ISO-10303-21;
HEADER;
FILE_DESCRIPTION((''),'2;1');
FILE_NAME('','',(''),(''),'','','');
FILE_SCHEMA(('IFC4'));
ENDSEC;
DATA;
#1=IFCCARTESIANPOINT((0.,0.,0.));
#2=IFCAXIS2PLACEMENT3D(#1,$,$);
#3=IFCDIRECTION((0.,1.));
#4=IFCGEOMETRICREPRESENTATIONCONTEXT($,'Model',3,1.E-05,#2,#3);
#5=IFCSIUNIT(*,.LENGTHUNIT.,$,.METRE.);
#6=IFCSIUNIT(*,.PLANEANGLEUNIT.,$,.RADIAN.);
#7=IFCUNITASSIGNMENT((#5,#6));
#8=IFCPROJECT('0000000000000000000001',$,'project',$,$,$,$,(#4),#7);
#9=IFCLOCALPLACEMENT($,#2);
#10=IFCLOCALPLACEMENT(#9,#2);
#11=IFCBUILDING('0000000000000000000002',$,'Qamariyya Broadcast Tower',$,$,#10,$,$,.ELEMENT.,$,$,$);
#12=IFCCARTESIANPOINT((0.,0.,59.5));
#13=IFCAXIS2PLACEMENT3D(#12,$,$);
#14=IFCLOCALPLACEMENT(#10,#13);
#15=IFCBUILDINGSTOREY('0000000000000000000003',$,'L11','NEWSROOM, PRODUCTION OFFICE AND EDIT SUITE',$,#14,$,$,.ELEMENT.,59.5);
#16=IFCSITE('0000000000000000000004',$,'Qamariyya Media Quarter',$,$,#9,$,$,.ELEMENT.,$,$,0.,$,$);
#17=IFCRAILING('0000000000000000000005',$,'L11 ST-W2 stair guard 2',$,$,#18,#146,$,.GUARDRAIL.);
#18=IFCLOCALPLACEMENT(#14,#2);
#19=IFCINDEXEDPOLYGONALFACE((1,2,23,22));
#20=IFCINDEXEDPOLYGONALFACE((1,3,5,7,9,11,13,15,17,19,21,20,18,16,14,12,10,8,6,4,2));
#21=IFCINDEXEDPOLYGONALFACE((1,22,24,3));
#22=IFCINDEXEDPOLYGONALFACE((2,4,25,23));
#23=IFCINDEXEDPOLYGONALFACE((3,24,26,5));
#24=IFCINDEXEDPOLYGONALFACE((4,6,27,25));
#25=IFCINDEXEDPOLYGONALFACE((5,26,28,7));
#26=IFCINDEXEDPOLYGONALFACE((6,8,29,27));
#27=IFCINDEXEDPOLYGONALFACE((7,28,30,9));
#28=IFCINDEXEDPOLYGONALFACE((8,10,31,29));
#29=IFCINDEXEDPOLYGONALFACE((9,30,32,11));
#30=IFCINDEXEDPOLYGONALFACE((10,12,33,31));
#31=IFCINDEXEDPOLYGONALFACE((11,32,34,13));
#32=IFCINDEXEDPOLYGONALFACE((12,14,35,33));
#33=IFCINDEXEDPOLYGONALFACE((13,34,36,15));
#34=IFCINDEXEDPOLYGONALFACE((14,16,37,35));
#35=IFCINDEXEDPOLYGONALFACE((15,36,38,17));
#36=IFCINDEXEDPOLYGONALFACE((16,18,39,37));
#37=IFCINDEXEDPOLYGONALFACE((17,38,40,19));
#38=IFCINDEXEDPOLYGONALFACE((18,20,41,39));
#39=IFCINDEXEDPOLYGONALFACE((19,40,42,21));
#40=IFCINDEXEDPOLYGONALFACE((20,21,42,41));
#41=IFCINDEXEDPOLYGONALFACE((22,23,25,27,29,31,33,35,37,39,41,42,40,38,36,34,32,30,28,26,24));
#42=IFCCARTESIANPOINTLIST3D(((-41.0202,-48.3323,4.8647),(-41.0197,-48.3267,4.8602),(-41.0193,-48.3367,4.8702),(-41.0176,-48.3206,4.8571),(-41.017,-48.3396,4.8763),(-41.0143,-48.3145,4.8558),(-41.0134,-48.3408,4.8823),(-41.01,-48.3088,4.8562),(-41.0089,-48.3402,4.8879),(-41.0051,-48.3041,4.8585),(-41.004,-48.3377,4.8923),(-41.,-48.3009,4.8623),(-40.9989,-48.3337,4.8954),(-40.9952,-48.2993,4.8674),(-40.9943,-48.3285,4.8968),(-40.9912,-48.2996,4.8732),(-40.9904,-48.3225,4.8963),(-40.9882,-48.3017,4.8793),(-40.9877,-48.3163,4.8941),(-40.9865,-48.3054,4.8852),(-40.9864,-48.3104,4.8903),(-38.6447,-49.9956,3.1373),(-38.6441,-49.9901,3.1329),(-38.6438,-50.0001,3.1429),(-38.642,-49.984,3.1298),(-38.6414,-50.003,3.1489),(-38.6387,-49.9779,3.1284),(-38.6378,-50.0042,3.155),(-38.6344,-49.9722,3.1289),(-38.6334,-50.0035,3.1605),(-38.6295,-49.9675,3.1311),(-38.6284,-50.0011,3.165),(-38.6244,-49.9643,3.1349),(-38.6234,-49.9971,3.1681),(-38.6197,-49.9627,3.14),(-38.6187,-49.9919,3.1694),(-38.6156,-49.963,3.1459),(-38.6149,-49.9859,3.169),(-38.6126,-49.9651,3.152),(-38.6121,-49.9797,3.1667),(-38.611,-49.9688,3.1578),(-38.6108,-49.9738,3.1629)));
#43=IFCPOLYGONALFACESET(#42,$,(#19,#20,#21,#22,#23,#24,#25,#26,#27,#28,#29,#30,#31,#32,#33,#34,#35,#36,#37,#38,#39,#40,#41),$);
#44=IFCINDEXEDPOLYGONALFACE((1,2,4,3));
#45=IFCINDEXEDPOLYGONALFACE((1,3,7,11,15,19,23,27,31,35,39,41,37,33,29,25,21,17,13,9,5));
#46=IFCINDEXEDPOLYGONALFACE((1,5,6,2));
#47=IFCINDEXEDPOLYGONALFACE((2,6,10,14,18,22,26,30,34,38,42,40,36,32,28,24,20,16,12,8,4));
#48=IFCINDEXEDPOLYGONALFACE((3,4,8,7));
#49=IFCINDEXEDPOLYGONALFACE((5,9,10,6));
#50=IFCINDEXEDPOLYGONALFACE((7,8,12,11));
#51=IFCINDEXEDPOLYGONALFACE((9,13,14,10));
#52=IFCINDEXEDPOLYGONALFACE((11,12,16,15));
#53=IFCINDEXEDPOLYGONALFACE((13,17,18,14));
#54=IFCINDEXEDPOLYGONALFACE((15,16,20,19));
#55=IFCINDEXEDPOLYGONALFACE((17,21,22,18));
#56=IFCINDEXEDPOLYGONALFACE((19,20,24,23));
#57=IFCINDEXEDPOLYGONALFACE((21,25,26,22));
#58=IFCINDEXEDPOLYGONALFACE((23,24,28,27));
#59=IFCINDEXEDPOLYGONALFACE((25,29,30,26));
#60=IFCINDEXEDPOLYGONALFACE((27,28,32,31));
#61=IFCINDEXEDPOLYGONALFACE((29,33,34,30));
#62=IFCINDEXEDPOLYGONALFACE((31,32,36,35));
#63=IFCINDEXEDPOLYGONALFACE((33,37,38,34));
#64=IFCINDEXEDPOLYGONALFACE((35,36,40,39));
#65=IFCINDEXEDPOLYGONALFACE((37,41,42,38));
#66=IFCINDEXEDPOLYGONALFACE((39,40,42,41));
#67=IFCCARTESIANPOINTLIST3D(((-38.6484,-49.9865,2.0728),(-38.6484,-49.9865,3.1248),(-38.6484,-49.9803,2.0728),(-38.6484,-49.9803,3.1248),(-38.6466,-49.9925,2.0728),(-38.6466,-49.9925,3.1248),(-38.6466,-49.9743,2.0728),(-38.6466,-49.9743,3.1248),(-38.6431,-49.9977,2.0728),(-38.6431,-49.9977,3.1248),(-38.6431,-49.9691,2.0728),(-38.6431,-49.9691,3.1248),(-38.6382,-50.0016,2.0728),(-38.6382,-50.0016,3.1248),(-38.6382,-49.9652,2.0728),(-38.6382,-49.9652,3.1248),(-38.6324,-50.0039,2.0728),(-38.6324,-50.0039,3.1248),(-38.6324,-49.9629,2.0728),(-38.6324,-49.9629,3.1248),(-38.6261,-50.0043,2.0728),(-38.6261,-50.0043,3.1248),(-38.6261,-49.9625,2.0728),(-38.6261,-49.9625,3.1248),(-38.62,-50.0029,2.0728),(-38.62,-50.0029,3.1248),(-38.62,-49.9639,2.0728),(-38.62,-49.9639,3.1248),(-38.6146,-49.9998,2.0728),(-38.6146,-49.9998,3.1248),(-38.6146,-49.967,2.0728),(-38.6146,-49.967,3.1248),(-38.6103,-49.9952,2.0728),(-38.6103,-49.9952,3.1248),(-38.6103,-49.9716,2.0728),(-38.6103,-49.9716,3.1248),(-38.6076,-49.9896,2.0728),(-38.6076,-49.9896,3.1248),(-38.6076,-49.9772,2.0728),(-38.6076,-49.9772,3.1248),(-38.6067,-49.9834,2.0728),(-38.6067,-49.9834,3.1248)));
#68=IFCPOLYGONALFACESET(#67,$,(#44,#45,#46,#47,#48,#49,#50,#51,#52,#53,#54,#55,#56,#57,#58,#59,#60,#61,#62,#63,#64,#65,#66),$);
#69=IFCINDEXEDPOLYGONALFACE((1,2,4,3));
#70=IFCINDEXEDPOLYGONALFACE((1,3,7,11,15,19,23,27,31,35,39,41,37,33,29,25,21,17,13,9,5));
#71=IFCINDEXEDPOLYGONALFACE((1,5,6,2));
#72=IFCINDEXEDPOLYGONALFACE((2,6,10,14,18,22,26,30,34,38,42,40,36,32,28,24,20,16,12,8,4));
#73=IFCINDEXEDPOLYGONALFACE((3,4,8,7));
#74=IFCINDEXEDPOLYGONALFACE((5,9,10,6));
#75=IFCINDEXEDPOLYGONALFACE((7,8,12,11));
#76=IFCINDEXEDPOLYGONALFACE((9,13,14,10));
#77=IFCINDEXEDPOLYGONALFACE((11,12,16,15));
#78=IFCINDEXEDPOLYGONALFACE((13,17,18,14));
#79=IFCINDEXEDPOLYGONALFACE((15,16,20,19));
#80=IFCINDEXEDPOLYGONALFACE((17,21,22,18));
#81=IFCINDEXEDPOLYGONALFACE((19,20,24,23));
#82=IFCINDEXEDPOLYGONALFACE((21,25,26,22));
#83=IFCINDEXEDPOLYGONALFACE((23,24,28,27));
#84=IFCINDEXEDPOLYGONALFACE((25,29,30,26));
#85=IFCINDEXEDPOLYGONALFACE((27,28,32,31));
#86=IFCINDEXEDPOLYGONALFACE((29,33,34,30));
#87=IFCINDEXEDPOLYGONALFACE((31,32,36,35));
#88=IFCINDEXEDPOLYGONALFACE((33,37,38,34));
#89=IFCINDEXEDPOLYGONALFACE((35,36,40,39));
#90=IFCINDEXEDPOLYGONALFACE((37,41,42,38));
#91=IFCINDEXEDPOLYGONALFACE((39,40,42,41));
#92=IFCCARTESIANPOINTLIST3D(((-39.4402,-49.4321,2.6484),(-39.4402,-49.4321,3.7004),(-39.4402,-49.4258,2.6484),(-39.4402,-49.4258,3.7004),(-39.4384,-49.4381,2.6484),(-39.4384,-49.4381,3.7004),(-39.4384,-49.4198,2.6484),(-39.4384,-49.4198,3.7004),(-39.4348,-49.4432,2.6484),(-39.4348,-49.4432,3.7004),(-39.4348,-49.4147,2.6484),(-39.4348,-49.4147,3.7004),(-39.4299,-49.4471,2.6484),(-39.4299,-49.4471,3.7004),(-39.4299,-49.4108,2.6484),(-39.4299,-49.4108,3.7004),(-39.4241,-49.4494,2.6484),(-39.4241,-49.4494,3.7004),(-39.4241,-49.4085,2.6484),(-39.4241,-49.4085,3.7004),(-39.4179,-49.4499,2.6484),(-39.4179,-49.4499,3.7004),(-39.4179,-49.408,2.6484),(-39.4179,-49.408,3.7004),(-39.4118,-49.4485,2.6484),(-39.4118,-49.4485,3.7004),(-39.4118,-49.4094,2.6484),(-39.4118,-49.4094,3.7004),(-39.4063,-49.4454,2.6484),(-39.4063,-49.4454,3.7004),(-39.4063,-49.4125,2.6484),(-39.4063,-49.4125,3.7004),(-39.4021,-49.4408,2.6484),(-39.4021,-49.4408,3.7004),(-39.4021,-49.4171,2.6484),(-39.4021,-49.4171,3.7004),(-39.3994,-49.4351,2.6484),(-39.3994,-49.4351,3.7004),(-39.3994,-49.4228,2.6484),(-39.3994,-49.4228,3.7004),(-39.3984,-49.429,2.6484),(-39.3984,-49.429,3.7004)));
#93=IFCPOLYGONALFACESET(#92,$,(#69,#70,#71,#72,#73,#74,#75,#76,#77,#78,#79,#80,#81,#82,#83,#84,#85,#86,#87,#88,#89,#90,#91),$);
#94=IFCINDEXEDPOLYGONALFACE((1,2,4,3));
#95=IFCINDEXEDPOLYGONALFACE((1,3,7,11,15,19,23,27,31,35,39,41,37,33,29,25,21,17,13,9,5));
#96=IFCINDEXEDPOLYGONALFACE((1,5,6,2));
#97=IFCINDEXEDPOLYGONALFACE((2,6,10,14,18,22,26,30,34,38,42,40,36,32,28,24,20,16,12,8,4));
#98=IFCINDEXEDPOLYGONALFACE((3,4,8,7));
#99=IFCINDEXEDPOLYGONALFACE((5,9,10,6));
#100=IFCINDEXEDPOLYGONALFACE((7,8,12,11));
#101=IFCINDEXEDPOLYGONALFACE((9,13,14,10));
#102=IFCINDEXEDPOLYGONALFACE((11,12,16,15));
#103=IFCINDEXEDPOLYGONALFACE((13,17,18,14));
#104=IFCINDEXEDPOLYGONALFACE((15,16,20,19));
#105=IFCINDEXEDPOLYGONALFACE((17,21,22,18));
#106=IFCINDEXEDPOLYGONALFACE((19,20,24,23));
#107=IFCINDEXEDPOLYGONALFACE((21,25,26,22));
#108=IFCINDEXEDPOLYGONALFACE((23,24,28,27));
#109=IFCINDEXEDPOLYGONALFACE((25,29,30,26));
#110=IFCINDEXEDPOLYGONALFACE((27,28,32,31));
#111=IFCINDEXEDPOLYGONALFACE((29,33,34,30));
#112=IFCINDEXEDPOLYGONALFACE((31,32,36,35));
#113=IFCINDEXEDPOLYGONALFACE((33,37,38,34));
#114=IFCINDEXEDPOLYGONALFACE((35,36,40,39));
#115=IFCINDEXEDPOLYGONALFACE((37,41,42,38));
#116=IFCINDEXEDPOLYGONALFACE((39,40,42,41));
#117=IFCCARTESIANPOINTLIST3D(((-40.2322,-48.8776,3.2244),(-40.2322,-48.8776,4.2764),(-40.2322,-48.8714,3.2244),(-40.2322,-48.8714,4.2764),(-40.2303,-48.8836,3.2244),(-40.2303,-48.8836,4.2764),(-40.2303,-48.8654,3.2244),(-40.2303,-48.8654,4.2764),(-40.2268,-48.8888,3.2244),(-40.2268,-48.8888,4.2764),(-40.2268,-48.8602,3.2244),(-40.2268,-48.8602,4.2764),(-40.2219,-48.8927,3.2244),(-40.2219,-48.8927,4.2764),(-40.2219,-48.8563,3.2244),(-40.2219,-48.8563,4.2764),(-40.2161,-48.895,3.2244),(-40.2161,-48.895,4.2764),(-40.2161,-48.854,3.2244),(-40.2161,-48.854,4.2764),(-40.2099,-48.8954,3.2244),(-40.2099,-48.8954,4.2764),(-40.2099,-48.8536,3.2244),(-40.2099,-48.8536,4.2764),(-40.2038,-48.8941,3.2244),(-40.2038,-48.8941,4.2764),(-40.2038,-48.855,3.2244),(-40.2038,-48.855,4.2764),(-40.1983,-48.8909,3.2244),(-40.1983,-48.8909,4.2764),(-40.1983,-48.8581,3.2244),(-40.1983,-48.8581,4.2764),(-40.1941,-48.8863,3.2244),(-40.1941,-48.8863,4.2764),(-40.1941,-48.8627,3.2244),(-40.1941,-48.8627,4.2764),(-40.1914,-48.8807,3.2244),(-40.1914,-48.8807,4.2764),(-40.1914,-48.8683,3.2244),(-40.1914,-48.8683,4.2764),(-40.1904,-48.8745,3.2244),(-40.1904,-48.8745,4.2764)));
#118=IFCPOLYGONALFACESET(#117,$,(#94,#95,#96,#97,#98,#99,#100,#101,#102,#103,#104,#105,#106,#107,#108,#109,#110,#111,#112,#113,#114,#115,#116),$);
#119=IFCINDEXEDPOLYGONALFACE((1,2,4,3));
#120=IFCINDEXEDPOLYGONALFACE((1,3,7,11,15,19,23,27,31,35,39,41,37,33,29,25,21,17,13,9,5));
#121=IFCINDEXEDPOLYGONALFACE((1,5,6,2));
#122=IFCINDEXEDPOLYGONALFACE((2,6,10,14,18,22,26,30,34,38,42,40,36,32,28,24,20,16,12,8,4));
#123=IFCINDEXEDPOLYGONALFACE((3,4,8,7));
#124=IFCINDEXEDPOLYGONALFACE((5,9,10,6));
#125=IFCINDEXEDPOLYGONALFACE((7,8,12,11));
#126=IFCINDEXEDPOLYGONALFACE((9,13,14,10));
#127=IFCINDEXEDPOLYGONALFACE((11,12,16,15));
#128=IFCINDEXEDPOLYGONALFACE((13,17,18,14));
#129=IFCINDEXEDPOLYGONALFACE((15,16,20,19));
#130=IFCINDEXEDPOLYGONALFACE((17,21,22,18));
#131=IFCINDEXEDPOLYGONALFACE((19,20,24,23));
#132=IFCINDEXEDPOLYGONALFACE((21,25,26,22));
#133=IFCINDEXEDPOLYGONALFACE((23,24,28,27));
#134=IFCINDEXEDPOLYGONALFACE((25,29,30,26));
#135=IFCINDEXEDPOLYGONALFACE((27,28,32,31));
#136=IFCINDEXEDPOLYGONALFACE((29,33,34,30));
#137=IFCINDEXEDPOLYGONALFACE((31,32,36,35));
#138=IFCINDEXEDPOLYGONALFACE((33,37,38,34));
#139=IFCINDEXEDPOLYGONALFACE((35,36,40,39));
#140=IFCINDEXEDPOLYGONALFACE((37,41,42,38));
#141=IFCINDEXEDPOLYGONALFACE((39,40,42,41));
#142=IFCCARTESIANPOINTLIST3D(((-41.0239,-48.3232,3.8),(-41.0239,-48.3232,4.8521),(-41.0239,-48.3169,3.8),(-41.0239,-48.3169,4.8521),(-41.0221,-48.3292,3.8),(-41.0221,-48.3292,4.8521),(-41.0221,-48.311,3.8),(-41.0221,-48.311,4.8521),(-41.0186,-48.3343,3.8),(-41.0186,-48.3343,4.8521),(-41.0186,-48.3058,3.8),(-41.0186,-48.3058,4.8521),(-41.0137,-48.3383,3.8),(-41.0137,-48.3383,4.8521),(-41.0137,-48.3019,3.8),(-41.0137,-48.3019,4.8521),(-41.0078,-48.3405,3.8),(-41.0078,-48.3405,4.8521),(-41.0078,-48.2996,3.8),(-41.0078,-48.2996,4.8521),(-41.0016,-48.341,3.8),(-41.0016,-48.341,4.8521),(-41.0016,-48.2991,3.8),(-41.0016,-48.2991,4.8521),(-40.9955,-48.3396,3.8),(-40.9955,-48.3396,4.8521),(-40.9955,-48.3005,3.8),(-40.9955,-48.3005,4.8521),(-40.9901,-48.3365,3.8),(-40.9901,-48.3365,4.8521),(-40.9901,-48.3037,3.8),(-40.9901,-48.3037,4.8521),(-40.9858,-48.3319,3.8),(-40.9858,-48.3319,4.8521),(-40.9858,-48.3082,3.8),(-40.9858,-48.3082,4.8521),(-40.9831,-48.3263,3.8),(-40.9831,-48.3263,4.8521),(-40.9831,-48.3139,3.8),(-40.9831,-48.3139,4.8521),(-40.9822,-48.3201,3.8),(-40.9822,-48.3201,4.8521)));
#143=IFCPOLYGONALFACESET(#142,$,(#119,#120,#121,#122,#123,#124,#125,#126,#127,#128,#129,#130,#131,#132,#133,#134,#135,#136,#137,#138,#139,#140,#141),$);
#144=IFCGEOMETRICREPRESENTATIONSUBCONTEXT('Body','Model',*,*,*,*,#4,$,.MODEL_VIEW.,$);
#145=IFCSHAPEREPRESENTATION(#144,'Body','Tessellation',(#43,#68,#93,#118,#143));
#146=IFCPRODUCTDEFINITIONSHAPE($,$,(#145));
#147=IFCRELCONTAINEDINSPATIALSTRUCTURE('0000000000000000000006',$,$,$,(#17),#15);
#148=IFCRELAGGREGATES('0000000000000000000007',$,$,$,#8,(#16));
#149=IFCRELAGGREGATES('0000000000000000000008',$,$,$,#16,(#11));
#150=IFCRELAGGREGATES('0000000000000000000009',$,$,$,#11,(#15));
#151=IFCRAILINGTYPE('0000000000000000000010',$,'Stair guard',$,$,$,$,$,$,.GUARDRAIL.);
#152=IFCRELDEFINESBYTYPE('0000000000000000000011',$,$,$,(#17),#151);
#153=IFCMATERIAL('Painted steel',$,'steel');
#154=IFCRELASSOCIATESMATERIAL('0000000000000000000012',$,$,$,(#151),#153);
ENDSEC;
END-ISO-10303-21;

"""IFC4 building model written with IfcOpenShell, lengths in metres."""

from ifc_helpers import new_model, si_unit, direction, frame, origin, origin_2d, place, context, subcontext, project, spatial, circle, extrude, material, type_object, element, save


model = new_model("IFC4")

# Units and contexts
model_context = context("Model", 3, precision=1e-05, world=origin(), true_north=direction((0.0, 1.0)))
body_context = subcontext(model_context, "Body", "Model", "MODEL_VIEW")
ifc_project = project(units=[si_unit("LENGTHUNIT", "METRE"), si_unit("PLANEANGLEUNIT", "RADIAN")], contexts=[model_context])

# Site, building, storey
site_placement = place(None, origin())
site = spatial("IfcSite", under=ifc_project, at=site_placement, Name="Qamariyya Media Quarter", CompositionType="ELEMENT", RefElevation=0.0)
building_placement = place(site_placement, origin())
building = spatial("IfcBuilding", under=site, at=building_placement, Name="Qamariyya Broadcast Tower", CompositionType="ELEMENT")
storey_placement = place(building_placement, frame((0.0, 0.0, 59.5)))
storey = spatial("IfcBuildingStorey", under=building, at=storey_placement, Name="L11", Description="NEWSROOM, PRODUCTION OFFICE AND EDIT SUITE", CompositionType="ELEMENT", Elevation=59.5)

# Railing
ifc_material_1 = material(Name="Painted steel", Category="steel")
railing_type_1 = type_object("IfcRailingType", Name="Stair guard", PredefinedType="GUARDRAIL", material=ifc_material_1)
railing_1_placement = place(storey_placement, frame((-38.6277, -49.9834, 2.0728)))
element("IfcRailing", 1, at=railing_1_placement, inside=storey, type_object=railing_type_1, Name="L11 ST-W2 stair guard 2", PredefinedType="GUARDRAIL", context=body_context, shape_type="SweptSolid", body=[
    extrude(circle(Radius=0.0239, at=origin_2d()), frame((0.0, 0.0, 1.0762), z_axis=(-0.70377, 0.492784, 0.511734), x_axis=(-0.573575, -0.819153, 0.0)), (0.0, 0.0, 1.0), 3.3755),
    extrude(circle(Radius=0.021, at=origin_2d()), origin(), (0.0, 0.0, 1.0), 1.052),
    extrude(circle(Radius=0.021, at=origin_2d()), frame((-0.7917, 0.5544, 0.5757)), (0.0, 0.0, 1.0), 1.052),
    extrude(circle(Radius=0.021, at=origin_2d()), frame((-1.5837, 1.1089, 1.1516)), (0.0, 0.0, 1.0), 1.052),
    extrude(circle(Radius=0.021, at=origin_2d()), frame((-2.3755, 1.6633, 1.7273)), (0.0, 0.0, 1.0), 1.052),
])

save(model, "model.ifc")
